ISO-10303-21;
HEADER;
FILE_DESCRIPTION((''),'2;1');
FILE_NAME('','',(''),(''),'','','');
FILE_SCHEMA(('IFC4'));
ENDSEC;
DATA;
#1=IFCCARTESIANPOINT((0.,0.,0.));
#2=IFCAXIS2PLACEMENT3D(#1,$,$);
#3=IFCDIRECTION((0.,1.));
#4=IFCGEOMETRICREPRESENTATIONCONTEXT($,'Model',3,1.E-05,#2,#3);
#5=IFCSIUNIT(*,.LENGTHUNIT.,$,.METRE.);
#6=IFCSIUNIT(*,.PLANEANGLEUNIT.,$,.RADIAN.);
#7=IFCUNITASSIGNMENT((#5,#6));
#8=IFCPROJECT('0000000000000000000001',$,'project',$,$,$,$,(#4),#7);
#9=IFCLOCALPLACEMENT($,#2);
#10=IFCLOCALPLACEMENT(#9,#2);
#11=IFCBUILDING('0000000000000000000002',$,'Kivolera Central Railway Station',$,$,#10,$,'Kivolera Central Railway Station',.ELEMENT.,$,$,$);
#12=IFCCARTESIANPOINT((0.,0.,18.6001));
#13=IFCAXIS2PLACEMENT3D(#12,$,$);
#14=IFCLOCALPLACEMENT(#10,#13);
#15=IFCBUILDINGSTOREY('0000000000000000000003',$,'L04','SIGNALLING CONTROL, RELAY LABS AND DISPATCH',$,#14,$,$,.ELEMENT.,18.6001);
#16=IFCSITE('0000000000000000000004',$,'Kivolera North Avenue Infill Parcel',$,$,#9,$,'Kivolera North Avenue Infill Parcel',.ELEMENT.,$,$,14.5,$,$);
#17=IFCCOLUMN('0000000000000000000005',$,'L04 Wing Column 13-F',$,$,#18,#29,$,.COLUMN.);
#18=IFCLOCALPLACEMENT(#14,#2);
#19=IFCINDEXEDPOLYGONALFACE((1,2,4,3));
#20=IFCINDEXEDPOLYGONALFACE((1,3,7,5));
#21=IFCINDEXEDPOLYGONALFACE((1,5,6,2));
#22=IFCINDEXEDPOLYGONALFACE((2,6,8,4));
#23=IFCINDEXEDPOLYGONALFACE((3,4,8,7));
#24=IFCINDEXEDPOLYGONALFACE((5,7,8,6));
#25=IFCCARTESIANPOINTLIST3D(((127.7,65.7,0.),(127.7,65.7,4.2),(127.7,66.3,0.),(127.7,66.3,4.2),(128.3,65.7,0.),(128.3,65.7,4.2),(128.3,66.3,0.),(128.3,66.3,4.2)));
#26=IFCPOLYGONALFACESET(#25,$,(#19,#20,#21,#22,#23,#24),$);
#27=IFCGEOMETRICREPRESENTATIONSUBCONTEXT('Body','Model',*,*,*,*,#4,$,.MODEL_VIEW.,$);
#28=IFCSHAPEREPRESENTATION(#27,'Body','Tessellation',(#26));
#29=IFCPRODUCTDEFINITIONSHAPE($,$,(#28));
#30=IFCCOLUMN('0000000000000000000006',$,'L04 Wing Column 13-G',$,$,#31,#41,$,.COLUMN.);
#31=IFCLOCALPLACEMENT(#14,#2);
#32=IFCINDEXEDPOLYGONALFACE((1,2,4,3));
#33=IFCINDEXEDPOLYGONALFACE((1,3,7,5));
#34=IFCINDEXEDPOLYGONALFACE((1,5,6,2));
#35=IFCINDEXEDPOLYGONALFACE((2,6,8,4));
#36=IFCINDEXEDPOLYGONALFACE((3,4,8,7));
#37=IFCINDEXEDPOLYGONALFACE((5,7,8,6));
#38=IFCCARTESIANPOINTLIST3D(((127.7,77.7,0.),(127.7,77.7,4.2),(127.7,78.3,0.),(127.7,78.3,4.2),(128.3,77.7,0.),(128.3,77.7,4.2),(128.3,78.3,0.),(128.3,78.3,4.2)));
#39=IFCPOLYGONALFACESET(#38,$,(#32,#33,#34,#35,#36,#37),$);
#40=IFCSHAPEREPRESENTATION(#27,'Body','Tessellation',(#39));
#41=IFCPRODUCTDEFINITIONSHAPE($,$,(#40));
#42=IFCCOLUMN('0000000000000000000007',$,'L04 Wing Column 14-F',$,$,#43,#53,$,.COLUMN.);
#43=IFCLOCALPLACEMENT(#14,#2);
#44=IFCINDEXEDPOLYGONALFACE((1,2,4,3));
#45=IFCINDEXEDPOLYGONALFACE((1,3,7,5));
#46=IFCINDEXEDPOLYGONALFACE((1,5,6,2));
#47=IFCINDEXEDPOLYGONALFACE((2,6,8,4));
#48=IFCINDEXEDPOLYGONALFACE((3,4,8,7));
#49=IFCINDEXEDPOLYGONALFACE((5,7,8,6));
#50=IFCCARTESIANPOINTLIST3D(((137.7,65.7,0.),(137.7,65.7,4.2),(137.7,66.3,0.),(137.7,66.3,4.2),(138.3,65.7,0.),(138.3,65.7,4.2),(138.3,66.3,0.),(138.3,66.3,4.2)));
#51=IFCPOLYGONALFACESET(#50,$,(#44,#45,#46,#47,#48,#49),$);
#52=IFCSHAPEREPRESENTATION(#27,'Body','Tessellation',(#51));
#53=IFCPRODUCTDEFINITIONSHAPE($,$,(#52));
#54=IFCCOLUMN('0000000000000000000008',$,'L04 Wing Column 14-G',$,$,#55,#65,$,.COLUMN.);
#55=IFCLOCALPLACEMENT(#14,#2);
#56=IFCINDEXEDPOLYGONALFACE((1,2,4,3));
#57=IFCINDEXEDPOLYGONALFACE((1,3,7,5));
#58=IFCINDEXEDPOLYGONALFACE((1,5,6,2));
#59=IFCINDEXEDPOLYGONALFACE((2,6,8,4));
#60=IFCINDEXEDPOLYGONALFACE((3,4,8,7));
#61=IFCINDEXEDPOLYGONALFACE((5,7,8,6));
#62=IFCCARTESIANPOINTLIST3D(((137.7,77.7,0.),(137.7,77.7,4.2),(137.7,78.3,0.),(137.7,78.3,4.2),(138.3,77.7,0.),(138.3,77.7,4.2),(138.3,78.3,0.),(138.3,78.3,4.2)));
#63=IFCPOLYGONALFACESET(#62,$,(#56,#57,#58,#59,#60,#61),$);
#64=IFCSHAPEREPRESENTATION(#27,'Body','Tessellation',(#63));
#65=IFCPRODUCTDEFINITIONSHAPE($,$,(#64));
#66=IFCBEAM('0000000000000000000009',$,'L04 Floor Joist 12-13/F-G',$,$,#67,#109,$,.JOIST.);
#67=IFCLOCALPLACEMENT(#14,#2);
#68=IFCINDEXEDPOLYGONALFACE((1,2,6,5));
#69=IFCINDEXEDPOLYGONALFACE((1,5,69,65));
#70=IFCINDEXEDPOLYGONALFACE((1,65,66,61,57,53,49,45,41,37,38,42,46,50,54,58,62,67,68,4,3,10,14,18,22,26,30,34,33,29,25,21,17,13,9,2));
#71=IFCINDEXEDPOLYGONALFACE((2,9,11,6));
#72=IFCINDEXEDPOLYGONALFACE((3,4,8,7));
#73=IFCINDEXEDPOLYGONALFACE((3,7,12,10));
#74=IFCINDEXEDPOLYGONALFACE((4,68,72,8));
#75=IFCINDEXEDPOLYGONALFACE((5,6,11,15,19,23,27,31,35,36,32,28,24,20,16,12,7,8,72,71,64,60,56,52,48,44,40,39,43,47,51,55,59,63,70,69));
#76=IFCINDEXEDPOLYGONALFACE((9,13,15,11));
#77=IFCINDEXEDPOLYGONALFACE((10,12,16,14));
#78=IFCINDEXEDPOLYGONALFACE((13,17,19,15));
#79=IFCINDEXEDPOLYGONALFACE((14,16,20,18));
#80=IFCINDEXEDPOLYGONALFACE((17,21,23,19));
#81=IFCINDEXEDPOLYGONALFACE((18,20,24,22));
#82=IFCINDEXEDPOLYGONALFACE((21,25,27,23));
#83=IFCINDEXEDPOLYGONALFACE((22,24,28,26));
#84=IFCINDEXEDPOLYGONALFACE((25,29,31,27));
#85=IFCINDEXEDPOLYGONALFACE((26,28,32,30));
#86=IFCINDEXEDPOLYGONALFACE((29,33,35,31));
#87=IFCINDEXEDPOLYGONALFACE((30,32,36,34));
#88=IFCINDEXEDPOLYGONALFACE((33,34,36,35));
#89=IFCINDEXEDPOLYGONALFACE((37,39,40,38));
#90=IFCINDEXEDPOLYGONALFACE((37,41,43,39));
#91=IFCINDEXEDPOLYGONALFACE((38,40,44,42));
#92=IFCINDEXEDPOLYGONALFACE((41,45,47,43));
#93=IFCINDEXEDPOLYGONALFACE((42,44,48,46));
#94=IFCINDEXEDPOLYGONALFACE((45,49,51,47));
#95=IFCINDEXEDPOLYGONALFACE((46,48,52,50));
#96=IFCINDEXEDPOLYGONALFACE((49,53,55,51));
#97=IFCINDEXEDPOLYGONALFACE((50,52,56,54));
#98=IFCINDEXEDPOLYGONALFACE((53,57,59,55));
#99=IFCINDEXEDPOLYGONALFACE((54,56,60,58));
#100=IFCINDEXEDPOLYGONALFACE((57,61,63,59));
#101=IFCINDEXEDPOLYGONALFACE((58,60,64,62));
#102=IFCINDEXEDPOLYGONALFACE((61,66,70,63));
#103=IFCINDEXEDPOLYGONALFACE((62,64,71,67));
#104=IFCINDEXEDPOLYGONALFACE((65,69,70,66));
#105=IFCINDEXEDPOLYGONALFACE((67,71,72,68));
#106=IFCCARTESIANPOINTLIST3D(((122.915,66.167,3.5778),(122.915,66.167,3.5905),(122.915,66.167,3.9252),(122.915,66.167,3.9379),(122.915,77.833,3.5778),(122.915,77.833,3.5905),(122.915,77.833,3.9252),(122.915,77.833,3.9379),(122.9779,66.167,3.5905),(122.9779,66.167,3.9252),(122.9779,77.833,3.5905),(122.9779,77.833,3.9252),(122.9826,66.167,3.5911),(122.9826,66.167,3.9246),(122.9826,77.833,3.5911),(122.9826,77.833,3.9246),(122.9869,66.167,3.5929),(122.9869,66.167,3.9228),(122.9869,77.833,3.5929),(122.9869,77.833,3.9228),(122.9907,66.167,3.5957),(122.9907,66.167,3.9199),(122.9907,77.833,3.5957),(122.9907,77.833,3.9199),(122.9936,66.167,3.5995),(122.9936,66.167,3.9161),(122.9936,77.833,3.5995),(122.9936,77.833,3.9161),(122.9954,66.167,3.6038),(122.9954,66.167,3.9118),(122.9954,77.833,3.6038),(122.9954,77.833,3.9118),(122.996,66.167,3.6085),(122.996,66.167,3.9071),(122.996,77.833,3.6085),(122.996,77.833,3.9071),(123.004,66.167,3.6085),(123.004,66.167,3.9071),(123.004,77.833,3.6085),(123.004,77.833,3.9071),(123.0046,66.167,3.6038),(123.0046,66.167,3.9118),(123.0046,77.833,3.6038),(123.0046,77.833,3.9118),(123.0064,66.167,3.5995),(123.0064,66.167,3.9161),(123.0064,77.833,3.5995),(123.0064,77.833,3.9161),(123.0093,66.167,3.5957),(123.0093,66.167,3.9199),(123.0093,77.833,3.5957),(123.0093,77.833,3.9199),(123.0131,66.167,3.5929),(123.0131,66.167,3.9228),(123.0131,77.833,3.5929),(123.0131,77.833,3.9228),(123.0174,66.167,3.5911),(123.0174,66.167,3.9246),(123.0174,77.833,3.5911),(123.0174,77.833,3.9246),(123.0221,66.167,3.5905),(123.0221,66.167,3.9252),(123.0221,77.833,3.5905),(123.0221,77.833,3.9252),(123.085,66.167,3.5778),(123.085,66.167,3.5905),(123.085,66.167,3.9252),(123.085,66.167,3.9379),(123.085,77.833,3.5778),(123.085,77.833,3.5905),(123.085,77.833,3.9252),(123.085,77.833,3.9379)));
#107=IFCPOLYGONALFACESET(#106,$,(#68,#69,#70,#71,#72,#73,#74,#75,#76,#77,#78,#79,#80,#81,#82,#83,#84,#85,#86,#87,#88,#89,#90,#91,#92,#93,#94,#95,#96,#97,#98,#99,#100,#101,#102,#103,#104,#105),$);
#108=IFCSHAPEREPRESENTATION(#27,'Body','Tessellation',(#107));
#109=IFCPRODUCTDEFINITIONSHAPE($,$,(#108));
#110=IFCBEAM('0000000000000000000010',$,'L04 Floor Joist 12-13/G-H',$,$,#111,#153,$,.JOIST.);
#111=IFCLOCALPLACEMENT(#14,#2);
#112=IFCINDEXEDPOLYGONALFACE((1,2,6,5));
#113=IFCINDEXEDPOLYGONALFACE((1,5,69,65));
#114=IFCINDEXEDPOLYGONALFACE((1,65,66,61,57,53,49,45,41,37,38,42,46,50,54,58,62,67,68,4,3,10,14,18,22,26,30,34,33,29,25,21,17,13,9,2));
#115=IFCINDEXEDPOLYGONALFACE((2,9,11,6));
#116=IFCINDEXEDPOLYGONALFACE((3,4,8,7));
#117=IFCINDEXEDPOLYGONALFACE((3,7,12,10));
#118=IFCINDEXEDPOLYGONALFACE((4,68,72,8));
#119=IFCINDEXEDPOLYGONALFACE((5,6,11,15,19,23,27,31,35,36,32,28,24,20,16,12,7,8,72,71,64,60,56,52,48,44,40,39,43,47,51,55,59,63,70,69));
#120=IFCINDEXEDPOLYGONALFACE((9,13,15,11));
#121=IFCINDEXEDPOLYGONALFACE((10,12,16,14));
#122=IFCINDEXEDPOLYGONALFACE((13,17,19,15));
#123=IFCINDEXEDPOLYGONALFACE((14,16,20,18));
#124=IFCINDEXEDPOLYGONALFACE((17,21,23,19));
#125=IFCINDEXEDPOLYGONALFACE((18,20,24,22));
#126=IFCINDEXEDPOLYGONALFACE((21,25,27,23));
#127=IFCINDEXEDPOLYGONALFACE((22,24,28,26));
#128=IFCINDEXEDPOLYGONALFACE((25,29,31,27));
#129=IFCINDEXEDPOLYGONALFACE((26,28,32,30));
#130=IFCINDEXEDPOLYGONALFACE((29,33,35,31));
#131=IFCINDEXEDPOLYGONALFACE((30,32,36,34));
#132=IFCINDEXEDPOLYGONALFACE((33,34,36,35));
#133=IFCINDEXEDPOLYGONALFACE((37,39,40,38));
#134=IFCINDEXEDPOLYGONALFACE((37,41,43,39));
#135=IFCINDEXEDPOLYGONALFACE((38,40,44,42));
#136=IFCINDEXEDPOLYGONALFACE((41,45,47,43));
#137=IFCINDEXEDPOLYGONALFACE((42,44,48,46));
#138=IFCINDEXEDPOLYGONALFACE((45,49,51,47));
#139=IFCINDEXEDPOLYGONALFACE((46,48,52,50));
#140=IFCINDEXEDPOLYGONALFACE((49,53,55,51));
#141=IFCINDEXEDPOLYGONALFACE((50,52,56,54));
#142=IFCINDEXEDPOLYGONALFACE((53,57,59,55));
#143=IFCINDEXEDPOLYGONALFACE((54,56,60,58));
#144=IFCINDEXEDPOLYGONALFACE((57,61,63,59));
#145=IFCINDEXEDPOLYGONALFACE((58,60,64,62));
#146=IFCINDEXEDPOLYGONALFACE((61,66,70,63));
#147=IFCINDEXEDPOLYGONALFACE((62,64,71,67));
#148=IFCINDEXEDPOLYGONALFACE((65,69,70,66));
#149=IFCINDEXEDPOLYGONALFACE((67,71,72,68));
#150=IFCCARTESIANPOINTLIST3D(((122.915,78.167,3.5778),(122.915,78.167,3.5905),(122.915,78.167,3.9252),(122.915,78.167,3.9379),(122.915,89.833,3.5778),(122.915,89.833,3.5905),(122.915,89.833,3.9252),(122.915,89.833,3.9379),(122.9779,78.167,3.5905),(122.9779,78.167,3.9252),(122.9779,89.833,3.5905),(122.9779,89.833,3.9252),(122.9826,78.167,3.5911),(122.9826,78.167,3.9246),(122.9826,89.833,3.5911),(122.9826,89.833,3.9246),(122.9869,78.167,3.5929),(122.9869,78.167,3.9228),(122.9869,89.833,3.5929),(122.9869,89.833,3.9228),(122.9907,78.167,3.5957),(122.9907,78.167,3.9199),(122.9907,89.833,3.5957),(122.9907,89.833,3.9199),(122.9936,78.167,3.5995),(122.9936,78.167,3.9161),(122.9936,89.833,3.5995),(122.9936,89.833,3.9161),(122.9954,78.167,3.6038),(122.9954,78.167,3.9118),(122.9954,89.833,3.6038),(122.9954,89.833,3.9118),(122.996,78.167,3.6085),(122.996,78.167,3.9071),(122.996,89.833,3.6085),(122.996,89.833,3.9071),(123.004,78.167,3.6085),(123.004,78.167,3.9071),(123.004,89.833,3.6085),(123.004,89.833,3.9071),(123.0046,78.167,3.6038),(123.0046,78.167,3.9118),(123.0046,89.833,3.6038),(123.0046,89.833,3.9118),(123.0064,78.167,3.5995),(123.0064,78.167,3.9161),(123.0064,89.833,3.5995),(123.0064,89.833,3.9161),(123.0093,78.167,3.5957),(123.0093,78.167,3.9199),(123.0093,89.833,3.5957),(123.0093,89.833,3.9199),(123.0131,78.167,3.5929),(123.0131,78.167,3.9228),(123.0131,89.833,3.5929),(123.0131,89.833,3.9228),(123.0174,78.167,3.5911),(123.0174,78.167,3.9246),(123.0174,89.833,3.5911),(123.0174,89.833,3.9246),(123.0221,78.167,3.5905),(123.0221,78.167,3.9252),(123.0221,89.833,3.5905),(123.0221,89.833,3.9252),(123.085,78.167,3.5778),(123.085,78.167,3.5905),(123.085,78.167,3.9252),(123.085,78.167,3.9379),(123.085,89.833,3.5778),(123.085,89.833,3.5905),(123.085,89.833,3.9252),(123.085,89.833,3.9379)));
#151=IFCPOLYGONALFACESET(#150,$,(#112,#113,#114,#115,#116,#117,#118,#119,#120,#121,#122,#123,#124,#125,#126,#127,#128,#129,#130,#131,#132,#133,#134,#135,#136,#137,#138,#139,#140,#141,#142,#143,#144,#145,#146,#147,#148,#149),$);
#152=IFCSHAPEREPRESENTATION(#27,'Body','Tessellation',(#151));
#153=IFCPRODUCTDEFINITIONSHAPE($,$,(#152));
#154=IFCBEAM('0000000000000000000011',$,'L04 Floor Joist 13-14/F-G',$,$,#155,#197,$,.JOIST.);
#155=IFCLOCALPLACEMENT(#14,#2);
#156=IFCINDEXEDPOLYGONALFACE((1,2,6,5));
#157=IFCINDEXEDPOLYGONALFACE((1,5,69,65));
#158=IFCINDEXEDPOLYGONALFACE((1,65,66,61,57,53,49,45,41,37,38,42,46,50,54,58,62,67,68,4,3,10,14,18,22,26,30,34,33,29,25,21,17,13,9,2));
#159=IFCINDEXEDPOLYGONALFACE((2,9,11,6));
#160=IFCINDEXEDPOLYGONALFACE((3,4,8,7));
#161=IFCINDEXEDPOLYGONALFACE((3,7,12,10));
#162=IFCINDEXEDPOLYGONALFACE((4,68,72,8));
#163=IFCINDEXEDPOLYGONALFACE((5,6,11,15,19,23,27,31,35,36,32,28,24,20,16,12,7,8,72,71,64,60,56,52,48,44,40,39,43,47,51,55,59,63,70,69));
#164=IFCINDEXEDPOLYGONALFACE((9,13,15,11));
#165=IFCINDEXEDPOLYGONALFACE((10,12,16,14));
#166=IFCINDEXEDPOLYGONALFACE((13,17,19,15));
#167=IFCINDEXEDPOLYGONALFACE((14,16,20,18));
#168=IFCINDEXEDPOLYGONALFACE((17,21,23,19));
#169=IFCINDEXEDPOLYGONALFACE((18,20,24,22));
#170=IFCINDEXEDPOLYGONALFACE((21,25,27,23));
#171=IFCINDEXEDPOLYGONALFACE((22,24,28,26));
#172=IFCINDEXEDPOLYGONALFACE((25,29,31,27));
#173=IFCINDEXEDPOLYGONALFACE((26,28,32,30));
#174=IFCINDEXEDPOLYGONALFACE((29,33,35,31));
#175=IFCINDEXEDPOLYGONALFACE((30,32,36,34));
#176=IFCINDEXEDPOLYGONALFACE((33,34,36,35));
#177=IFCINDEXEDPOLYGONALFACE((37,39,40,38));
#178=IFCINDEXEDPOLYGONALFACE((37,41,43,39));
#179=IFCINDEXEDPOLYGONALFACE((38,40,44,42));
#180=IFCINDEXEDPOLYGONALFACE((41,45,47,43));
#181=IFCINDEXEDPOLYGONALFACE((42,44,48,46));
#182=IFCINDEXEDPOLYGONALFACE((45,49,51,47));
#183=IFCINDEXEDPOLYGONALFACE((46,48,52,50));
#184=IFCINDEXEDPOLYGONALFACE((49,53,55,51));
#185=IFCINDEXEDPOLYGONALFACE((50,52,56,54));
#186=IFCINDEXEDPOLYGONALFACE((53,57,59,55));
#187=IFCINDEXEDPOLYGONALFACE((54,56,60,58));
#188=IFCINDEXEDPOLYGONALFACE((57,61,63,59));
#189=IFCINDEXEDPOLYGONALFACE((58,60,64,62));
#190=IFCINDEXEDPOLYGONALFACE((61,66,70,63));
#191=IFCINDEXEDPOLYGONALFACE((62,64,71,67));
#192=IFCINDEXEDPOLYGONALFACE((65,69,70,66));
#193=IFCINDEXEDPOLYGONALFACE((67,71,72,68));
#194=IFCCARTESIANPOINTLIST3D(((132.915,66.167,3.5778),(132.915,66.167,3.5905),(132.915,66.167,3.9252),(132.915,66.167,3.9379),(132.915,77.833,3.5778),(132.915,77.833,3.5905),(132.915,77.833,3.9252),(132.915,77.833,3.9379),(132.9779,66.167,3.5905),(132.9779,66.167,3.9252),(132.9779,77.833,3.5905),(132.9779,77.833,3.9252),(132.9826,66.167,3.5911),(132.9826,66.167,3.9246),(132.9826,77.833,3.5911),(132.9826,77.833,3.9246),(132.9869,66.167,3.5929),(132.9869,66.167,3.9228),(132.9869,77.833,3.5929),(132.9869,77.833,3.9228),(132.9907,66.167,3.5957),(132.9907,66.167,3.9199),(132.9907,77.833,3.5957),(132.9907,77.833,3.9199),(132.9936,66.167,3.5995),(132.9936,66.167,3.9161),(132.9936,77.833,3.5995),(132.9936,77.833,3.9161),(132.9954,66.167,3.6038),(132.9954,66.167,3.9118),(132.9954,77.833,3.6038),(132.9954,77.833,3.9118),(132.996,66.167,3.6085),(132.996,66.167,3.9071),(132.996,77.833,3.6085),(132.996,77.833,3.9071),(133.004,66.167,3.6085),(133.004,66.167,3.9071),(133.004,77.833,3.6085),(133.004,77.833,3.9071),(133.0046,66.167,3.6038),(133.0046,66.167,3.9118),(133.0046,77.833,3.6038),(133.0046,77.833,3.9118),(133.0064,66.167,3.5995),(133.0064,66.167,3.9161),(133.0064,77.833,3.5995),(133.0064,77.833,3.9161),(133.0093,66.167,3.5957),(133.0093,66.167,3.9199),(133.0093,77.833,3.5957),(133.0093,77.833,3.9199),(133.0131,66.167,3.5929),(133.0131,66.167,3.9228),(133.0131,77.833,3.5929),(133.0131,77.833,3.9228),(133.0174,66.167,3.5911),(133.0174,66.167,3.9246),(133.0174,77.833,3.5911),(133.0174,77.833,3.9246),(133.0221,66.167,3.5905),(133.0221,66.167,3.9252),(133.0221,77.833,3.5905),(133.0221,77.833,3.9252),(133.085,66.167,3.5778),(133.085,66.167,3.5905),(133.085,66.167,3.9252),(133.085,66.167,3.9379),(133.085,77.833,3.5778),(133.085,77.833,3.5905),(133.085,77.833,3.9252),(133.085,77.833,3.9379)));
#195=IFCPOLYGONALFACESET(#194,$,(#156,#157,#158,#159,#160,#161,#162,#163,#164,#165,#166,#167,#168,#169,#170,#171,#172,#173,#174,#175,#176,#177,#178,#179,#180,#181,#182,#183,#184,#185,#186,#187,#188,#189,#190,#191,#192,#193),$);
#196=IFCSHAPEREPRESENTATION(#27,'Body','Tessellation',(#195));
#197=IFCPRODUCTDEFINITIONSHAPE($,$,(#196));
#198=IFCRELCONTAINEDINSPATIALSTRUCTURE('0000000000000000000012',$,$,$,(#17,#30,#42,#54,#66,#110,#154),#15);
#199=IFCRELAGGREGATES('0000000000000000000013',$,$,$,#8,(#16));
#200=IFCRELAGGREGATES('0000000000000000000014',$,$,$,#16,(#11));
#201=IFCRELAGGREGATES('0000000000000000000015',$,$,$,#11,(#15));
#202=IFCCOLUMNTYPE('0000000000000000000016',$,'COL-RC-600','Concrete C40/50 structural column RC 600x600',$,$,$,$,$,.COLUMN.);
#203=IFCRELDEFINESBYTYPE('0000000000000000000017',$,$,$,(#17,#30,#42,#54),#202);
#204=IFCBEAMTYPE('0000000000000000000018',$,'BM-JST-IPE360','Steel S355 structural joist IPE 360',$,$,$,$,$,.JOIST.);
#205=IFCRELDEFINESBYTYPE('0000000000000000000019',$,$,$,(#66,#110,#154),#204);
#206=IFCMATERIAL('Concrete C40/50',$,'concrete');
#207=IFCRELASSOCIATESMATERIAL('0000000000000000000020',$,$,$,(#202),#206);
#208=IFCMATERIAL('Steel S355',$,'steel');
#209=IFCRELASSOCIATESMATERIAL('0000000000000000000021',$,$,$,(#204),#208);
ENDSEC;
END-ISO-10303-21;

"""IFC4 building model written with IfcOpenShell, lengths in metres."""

from ifc_helpers import new_model, si_unit, direction, frame, origin, origin_2d, place, context, subcontext, project, spatial, rectangle, i_section, extrude, material, material_profile, profile_set, type_object, element, save


model = new_model("IFC4")

# Units and contexts
model_context = context("Model", 3, precision=1e-05, world=origin(), true_north=direction((0.0, 1.0)))
body_context = subcontext(model_context, "Body", "Model", "MODEL_VIEW")
ifc_project = project(units=[si_unit("LENGTHUNIT", "METRE"), si_unit("PLANEANGLEUNIT", "RADIAN")], contexts=[model_context])

# Site, building, storey
site_placement = place(None, origin())
site = spatial("IfcSite", under=ifc_project, at=site_placement, Name="Kivolera North Avenue Infill Parcel", LongName="Kivolera North Avenue Infill Parcel", CompositionType="ELEMENT", RefElevation=14.5)
building_placement = place(site_placement, origin())
building = spatial("IfcBuilding", under=site, at=building_placement, Name="Kivolera Central Railway Station", LongName="Kivolera Central Railway Station", CompositionType="ELEMENT")
storey_placement = place(building_placement, frame((0.0, 0.0, 18.6001)))
storey = spatial("IfcBuildingStorey", under=building, at=storey_placement, Name="L04", Description="SIGNALLING CONTROL, RELAY LABS AND DISPATCH", CompositionType="ELEMENT", Elevation=18.6001)

# Columns
ifc_material_1 = material(Name="Concrete C40/50", Category="concrete")
ifc_material_profile_1 = material_profile(ifc_material_1, rectangle(XDim=0.6001, YDim=0.6001, at=origin_2d()), Name="RC 600x600")
ifc_profile_set_1 = profile_set([ifc_material_profile_1], Name="Concrete C40/50")
column_type = type_object("IfcColumnType", Name="COL-RC-600", Description="Concrete C40/50 structural column RC 600x600", PredefinedType="COLUMN", material=ifc_profile_set_1)
for number, where, z_axis, x_axis, name in (
    (1, (128.0, 66.0, 0.0), (0.0, 0.0, 1.0), (1.0, 0.0, 0.0), "L04 Wing Column 13-F"),
    (2, (128.0, 78.0, 0.0), (0.0, 0.0, 1.0), (1.0, 0.0, 0.0), "L04 Wing Column 13-G"),
    (3, (138.0, 66.0, 0.0), (0.0, 0.0, 1.0), (1.0, 0.0, 0.0), "L04 Wing Column 14-F"),
    (4, (138.0, 78.0, 0.0), (0.0, 0.0, 1.0), (1.0, 0.0, 0.0), "L04 Wing Column 14-G"),
):
    element("IfcColumn", number, at=place(storey_placement, frame(where, z_axis=z_axis, x_axis=x_axis)), inside=storey, type_object=column_type, Name=name, PredefinedType="COLUMN", context=body_context, shape_type="SweptSolid", body=[
        extrude(rectangle(XDim=0.6001, YDim=0.6001, at=origin_2d()), origin(), (0.0, 0.0, 1.0), 4.2),
    ])

# Beams
ifc_material_2 = material(Name="Steel S355", Category="steel")
ifc_material_profile_2 = material_profile(ifc_material_2, i_section(OverallWidth=0.1699, OverallDepth=0.3601, WebThickness=0.0081, FlangeThickness=0.0127, FilletRadius=0.0181, at=origin_2d()), Name="IPE 360")
ifc_profile_set_2 = profile_set([ifc_material_profile_2], Name="Steel S355")
beam_type_1 = type_object("IfcBeamType", Name="BM-JST-IPE360", Description="Steel S355 structural joist IPE 360", PredefinedType="JOIST", material=ifc_profile_set_2)
for number, where, z_axis, x_axis, name in (
    (5, (123.0, 66.167, 3.7578), (0.0, 1.0, 0.0), (-1.0, 0.0, 0.0), "L04 Floor Joist 12-13/F-G"),
    (6, (123.0, 78.167, 3.7578), (0.0, 1.0, 0.0), (-1.0, 0.0, 0.0), "L04 Floor Joist 12-13/G-H"),
    (7, (133.0, 66.167, 3.7578), (0.0, 1.0, 0.0), (-1.0, 0.0, 0.0), "L04 Floor Joist 13-14/F-G"),
):
    element("IfcBeam", number, at=place(storey_placement, frame(where, z_axis=z_axis, x_axis=x_axis)), inside=storey, type_object=beam_type_1, Name=name, PredefinedType="JOIST", context=body_context, shape_type="SweptSolid", body=[
        extrude(i_section(OverallWidth=0.1699, OverallDepth=0.3601, WebThickness=0.0081, FlangeThickness=0.0127, FilletRadius=0.0181, at=origin_2d()), origin(), (0.0, 0.0, 1.0), 11.666),
    ])

save(model, "model.ifc")
